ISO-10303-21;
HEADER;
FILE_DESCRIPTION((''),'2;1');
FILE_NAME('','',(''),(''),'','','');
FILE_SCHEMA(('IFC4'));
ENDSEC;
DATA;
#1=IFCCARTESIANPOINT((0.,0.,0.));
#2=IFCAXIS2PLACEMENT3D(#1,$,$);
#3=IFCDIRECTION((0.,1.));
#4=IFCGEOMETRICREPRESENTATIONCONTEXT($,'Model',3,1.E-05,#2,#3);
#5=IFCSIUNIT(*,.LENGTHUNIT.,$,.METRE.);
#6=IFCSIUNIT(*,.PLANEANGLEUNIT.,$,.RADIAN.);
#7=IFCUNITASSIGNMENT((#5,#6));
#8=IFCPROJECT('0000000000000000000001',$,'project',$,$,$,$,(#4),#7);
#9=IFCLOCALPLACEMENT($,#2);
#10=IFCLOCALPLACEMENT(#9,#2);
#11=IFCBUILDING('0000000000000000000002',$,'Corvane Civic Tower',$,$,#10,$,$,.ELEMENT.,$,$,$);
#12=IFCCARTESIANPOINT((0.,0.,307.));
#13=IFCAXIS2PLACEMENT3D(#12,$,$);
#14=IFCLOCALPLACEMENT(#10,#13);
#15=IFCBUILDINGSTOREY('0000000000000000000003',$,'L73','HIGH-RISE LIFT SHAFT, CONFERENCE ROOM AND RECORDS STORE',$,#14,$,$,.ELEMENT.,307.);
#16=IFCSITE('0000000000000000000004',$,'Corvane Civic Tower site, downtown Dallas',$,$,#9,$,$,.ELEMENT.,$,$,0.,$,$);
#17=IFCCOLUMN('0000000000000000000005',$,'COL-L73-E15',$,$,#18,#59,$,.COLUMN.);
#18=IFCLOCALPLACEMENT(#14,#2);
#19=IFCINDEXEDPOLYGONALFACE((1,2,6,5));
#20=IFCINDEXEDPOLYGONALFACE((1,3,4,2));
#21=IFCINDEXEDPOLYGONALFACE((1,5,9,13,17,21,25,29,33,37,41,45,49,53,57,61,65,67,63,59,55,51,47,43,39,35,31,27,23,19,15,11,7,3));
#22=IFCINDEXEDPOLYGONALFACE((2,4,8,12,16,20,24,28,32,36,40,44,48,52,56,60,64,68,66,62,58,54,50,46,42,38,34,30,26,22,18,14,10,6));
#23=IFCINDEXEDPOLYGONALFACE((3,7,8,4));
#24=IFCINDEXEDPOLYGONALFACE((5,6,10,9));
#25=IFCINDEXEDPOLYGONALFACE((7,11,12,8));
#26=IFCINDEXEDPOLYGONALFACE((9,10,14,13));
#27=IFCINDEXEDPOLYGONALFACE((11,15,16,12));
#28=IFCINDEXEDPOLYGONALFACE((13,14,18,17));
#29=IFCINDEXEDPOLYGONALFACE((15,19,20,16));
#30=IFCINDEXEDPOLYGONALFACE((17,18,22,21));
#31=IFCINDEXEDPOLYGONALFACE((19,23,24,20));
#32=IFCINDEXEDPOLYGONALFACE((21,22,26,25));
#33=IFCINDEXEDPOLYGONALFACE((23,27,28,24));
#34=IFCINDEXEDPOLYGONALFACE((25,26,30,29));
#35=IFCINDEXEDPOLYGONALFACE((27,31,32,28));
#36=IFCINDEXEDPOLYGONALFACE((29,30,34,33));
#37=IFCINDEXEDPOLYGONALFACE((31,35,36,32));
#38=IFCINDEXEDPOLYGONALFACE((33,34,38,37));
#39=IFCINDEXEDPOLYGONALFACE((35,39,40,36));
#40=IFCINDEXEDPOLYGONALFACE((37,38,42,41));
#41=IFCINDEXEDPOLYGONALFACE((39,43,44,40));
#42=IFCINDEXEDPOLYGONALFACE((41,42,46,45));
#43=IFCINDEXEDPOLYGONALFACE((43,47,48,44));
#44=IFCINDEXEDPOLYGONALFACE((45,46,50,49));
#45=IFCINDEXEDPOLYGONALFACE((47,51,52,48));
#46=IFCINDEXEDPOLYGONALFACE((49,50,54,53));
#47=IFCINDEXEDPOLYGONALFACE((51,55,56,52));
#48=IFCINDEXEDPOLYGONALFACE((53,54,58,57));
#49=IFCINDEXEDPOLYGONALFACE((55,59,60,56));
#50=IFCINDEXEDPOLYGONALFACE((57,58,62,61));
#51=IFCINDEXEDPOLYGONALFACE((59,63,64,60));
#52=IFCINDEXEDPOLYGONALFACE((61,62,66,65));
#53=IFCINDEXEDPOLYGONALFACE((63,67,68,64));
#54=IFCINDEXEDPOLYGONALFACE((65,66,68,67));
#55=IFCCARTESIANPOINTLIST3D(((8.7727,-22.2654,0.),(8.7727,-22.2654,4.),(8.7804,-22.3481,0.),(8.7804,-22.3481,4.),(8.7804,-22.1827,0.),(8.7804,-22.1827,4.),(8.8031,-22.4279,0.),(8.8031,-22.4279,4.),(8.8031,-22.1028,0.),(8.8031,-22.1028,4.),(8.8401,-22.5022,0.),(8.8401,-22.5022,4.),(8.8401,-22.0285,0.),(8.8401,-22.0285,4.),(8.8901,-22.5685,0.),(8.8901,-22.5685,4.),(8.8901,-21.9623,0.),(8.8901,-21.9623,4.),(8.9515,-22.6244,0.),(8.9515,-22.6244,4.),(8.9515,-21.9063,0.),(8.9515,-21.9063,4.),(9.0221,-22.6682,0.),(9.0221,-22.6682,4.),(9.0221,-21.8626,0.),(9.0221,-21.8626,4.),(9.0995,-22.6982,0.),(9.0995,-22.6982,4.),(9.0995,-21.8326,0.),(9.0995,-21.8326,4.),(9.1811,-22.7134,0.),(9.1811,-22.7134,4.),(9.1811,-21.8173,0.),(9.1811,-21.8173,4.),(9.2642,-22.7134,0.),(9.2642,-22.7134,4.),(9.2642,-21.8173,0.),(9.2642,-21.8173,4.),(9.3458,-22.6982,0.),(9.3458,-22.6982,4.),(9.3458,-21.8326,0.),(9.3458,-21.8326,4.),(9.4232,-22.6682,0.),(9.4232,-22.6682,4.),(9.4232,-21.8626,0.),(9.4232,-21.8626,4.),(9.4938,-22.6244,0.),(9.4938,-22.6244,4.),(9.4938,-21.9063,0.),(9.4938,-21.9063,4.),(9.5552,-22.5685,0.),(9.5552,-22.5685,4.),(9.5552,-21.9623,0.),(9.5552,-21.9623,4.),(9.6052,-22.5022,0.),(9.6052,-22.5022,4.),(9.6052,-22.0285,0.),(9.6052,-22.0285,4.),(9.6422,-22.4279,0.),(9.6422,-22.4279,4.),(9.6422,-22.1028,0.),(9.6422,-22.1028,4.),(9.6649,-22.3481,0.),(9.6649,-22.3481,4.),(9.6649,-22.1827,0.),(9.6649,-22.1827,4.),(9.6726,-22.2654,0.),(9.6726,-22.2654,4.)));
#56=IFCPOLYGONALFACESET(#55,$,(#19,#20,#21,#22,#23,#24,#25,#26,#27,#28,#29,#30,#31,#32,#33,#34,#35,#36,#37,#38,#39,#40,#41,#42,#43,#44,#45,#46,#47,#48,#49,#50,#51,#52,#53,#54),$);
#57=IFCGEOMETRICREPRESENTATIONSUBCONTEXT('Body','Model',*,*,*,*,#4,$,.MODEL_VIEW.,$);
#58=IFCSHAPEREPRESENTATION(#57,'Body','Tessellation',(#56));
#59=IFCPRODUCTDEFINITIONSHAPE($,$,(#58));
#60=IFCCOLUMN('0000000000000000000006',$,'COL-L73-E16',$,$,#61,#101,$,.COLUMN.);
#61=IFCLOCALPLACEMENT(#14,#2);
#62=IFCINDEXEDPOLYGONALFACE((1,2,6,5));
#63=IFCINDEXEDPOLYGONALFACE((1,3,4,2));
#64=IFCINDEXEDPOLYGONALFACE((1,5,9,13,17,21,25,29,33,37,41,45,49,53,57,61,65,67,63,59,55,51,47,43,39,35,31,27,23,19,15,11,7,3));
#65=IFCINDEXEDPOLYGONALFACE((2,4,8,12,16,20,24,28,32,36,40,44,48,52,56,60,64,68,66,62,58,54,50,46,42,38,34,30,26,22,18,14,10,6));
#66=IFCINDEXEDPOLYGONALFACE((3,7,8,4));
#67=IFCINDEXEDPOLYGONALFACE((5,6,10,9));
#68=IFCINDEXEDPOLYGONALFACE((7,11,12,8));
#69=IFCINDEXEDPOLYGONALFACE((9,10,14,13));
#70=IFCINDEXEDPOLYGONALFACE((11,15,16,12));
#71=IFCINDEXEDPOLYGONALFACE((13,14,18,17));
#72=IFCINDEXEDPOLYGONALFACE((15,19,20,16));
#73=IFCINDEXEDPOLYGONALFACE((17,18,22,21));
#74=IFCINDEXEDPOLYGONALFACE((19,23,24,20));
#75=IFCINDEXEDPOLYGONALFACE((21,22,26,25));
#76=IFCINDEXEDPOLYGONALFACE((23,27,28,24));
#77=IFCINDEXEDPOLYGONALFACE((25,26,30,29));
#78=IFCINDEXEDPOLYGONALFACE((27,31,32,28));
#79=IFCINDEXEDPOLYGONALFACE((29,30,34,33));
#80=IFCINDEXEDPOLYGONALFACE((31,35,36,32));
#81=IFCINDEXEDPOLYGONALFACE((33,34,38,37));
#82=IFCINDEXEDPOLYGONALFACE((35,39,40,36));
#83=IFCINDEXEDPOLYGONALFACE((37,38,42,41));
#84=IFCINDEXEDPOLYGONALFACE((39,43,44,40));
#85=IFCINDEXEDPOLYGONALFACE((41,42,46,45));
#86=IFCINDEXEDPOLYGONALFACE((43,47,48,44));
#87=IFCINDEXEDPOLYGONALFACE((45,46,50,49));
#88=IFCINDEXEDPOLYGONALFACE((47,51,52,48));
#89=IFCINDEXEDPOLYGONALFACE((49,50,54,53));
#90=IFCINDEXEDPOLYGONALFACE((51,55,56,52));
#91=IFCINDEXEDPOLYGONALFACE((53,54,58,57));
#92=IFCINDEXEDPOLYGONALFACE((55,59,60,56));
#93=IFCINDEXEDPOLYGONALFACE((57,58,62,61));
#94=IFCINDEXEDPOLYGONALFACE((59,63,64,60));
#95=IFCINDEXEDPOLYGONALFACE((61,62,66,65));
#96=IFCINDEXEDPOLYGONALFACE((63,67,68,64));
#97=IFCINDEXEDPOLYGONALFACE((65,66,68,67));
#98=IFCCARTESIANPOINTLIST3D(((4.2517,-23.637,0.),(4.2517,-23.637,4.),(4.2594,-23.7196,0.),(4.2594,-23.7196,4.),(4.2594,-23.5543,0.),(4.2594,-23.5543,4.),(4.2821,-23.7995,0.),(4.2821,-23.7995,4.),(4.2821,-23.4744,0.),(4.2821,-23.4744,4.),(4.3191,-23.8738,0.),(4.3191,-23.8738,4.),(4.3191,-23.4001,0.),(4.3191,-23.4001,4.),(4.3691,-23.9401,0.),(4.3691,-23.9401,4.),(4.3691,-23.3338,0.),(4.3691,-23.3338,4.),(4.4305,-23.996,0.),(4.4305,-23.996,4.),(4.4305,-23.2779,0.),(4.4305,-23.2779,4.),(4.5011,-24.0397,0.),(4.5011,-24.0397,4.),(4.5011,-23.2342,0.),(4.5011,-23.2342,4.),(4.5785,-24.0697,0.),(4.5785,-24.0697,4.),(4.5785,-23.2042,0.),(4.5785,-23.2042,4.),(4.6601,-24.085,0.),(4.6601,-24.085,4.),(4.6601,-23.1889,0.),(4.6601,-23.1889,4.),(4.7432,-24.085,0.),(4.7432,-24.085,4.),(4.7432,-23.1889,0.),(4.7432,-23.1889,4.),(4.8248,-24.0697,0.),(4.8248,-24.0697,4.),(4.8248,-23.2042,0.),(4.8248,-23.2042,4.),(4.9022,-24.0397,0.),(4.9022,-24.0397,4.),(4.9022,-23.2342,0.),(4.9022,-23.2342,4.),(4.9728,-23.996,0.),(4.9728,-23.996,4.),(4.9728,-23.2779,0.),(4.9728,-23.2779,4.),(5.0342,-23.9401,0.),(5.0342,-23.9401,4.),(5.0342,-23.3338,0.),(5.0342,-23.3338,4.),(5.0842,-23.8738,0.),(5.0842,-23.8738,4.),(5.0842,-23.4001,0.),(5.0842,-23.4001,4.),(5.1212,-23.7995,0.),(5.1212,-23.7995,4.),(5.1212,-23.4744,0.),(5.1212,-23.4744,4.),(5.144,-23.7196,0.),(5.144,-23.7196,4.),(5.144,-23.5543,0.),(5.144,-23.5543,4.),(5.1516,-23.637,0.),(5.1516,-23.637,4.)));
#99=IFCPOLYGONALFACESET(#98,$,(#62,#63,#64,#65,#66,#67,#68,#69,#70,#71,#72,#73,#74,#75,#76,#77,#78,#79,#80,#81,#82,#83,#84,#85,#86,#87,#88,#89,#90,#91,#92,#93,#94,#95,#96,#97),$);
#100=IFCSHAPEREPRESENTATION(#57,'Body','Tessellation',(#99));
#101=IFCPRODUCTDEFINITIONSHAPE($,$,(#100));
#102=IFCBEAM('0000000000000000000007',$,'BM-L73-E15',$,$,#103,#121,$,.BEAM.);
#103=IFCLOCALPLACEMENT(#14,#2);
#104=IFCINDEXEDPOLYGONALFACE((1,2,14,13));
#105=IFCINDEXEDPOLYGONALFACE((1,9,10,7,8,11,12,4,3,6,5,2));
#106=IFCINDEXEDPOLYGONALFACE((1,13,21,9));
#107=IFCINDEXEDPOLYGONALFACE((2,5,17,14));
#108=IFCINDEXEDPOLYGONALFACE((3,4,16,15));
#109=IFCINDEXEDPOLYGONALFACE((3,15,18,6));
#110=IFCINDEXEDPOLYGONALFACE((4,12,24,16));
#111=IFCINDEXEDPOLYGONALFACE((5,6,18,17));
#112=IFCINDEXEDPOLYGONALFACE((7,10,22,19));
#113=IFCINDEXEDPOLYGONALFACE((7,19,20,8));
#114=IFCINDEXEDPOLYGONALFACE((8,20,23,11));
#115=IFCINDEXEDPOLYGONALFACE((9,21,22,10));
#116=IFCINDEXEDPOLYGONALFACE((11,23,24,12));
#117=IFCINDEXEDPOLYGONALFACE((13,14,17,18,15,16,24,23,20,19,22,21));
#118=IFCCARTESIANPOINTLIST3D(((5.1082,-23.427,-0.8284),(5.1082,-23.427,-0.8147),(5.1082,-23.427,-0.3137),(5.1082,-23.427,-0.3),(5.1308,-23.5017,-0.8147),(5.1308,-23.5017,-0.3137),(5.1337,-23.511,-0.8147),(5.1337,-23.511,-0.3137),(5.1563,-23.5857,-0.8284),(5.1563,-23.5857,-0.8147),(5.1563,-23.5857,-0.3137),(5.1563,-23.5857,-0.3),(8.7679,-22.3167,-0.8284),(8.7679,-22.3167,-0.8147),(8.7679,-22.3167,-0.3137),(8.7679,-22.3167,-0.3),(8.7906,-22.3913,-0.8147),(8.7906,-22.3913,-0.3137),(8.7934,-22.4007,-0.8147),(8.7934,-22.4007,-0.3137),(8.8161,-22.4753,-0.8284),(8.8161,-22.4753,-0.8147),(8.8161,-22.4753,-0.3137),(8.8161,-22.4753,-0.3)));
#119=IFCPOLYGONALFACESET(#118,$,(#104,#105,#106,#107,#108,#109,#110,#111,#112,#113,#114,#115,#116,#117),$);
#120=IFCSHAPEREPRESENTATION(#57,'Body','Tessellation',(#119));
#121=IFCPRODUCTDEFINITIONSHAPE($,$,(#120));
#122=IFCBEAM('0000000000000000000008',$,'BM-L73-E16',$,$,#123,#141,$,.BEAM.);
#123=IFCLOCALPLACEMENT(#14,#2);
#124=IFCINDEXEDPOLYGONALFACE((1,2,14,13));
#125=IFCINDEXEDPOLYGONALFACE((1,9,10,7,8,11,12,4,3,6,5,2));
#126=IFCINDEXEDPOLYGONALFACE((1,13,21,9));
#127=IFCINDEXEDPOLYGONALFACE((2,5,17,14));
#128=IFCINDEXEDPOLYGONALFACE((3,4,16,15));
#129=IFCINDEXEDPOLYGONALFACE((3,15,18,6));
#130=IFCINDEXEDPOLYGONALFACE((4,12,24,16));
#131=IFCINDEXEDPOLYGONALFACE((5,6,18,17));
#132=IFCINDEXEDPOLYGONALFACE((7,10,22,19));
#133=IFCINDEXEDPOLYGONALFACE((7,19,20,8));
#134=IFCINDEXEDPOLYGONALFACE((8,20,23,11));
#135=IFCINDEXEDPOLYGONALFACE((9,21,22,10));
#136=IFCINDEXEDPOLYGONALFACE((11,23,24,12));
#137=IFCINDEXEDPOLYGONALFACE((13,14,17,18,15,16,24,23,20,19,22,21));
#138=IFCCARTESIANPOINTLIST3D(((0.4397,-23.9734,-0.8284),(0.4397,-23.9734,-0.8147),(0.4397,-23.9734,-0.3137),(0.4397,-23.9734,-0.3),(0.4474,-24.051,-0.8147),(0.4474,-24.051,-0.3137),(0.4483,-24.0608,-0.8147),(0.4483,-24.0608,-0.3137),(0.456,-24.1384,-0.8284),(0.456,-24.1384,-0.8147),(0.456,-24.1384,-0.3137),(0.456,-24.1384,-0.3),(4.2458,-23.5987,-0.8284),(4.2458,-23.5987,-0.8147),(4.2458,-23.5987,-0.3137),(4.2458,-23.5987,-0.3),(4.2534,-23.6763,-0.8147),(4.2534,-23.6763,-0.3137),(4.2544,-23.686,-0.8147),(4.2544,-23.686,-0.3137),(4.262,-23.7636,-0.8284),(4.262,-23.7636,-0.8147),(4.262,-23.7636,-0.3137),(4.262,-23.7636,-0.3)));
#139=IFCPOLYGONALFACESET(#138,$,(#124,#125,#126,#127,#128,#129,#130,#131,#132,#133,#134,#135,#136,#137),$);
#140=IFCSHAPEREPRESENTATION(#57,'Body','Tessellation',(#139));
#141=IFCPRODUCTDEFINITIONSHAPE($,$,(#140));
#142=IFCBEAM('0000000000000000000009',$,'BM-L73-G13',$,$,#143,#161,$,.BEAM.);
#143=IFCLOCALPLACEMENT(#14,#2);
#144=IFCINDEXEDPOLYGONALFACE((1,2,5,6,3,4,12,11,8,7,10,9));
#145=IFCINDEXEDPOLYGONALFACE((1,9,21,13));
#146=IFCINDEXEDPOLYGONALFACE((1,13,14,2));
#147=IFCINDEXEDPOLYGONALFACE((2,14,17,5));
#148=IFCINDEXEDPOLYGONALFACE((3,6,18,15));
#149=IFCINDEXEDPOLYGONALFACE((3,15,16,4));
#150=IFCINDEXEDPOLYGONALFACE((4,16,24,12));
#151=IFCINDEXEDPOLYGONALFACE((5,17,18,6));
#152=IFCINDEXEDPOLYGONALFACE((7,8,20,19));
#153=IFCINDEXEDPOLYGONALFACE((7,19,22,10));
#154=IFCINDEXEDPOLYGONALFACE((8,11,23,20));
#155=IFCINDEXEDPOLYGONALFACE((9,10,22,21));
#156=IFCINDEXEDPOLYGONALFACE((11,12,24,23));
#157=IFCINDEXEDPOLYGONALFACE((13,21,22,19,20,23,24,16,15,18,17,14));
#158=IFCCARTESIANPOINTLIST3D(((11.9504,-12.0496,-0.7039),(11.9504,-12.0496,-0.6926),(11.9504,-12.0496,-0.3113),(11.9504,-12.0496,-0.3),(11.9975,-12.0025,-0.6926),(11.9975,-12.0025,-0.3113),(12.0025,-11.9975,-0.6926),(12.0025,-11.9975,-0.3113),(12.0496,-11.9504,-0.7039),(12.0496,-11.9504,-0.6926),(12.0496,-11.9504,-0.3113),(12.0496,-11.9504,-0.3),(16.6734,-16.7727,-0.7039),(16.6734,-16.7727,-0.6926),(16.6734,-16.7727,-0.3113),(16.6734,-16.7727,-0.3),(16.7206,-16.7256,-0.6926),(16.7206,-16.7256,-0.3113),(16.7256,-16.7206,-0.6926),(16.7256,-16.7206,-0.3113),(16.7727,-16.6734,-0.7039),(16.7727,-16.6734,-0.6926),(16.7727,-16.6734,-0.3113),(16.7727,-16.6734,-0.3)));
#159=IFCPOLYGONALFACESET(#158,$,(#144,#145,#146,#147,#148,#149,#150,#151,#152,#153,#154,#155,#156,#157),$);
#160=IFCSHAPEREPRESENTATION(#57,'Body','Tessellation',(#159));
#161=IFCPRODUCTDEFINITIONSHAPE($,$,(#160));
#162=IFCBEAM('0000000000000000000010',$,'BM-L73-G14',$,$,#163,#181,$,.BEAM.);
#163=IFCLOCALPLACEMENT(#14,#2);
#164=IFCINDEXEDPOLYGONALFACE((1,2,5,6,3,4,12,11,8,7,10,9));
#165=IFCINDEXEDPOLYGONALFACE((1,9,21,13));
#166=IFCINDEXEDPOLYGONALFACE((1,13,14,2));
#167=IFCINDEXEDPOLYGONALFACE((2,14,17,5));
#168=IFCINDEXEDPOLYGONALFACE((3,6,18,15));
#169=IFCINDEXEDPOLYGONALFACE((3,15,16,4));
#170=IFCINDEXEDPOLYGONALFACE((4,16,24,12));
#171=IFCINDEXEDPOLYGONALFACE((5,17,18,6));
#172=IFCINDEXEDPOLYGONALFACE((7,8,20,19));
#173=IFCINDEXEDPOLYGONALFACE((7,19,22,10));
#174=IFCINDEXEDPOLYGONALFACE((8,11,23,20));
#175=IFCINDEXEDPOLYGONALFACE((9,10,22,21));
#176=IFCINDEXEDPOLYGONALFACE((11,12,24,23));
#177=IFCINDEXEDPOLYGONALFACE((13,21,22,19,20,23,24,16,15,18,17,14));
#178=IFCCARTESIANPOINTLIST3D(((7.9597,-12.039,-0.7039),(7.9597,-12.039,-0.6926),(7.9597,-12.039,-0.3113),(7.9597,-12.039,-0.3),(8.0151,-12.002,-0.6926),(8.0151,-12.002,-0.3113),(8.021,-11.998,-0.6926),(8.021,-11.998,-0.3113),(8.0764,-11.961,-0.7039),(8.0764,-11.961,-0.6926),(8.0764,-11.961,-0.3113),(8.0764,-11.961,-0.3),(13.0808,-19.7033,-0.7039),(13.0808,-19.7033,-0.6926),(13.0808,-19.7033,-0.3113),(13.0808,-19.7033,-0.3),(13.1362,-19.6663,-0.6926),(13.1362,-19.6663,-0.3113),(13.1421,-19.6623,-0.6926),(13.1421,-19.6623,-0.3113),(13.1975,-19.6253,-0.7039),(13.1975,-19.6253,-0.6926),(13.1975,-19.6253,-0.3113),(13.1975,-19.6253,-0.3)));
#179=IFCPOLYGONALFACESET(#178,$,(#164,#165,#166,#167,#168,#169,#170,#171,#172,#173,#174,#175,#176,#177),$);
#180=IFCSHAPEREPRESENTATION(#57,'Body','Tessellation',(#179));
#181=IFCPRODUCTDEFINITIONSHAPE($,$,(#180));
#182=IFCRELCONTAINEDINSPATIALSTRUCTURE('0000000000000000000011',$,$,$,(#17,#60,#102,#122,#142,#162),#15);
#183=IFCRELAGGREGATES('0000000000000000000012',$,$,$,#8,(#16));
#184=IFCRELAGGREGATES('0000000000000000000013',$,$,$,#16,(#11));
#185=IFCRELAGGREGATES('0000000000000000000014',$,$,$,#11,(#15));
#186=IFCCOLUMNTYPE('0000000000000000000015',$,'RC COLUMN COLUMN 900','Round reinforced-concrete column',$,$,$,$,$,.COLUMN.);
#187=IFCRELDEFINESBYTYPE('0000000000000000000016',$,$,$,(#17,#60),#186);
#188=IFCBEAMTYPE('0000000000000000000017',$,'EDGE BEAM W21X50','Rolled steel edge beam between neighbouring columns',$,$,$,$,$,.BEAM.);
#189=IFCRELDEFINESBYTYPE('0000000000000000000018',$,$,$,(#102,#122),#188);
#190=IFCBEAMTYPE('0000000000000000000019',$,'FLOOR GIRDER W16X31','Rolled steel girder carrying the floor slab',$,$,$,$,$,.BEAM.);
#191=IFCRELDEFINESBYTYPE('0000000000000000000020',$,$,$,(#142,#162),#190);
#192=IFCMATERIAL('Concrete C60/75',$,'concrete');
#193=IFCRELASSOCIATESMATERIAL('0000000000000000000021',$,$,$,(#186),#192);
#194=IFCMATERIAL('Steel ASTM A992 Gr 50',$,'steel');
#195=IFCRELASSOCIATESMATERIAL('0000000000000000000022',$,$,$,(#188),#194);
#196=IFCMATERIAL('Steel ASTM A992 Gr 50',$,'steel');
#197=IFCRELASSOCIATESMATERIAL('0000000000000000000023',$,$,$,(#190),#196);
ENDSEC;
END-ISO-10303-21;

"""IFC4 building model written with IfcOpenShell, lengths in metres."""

from ifc_helpers import new_model, si_unit, direction, frame, origin, origin_2d, place, context, subcontext, project, spatial, circle, i_section, extrude, material, material_profile, profile_set, type_object, element, save


model = new_model("IFC4")

# Units and contexts
model_context = context("Model", 3, precision=1e-05, world=origin(), true_north=direction((0.0, 1.0)))
body_context = subcontext(model_context, "Body", "Model", "MODEL_VIEW")
ifc_project = project(units=[si_unit("LENGTHUNIT", "METRE"), si_unit("PLANEANGLEUNIT", "RADIAN")], contexts=[model_context])

# Site, building, storey
site_placement = place(None, origin())
site = spatial("IfcSite", under=ifc_project, at=site_placement, Name="Corvane Civic Tower site, downtown Dallas", CompositionType="ELEMENT", RefElevation=0.0)
building_placement = place(site_placement, origin())
building = spatial("IfcBuilding", under=site, at=building_placement, Name="Corvane Civic Tower", CompositionType="ELEMENT")
storey_placement = place(building_placement, frame((0.0, 0.0, 307.0)))
storey = spatial("IfcBuildingStorey", under=building, at=storey_placement, Name="L73", Description="HIGH-RISE LIFT SHAFT, CONFERENCE ROOM AND RECORDS STORE", CompositionType="ELEMENT", Elevation=307.0)

# Columns
ifc_material_1 = material(Name="Concrete C60/75", Category="concrete")
ifc_material_profile_1 = material_profile(ifc_material_1, circle(Radius=0.45, at=origin_2d()), Name="COLUMN 900")
ifc_profile_set_1 = profile_set([ifc_material_profile_1], Name="Concrete C60/75")
column_type = type_object("IfcColumnType", Name="RC COLUMN COLUMN 900", Description="Round reinforced-concrete column", PredefinedType="COLUMN", material=ifc_profile_set_1)
for number, where, z_axis, x_axis, name in (
    (1, (9.2227, -22.2654, 0.0), (0.0, 0.0, 1.0), (1.0, 0.0, 0.0), "COL-L73-E15"),
    (2, (4.7017, -23.637, 0.0), (0.0, 0.0, 1.0), (1.0, 0.0, 0.0), "COL-L73-E16"),
):
    element("IfcColumn", number, at=place(storey_placement, frame(where, z_axis=z_axis, x_axis=x_axis)), inside=storey, type_object=column_type, Name=name, PredefinedType="COLUMN", context=body_context, shape_type="SweptSolid", body=[
        extrude(circle(Radius=0.45, at=origin_2d()), origin(), (0.0, 0.0, 1.0), 4.0),
    ])

# Beams
ifc_material_2 = material(Name="Steel ASTM A992 Gr 50", Category="steel")
ifc_material_profile_2 = material_profile(ifc_material_2, i_section(OverallWidth=0.1658, OverallDepth=0.5283, WebThickness=0.0098, FlangeThickness=0.0137, at=origin_2d()), Name="W21X50")
ifc_profile_set_2 = profile_set([ifc_material_profile_2], Name="Steel ASTM A992 Gr 50")
beam_type_1 = type_object("IfcBeamType", Name="EDGE BEAM W21X50", Description="Rolled steel edge beam between neighbouring columns", PredefinedType="BEAM", material=ifc_profile_set_2)
for number, where, z_axis, x_axis, name in (
    (3, (8.792, -22.396, -0.5642), (-0.956926, -0.290333, 0.0), (0.290333, -0.956926, 0.0), "BM-L73-E15"),
    (4, (4.2539, -23.6812, -0.5642), (-0.995188, -0.097987, 0.0), (0.097987, -0.995188, 0.0), "BM-L73-E16"),
):
    element("IfcBeam", number, at=place(storey_placement, frame(where, z_axis=z_axis, x_axis=x_axis)), inside=storey, type_object=beam_type_1, Name=name, PredefinedType="BEAM", context=body_context, shape_type="SweptSolid", body=[
        extrude(i_section(OverallWidth=0.1658, OverallDepth=0.5283, WebThickness=0.0098, FlangeThickness=0.0137, at=origin_2d()), origin(), (0.0, 0.0, 1.0), 3.8245),
    ])
ifc_material_3 = material(Name="Steel ASTM A992 Gr 50", Category="steel")
ifc_material_profile_3 = material_profile(ifc_material_3, i_section(OverallWidth=0.1404, OverallDepth=0.4038, WebThickness=0.0071, FlangeThickness=0.0112, at=origin_2d()), Name="W16X31")
ifc_profile_set_3 = profile_set([ifc_material_profile_3], Name="Steel ASTM A992 Gr 50")
beam_type_2 = type_object("IfcBeamType", Name="FLOOR GIRDER W16X31", Description="Rolled steel girder carrying the floor slab", PredefinedType="BEAM", material=ifc_profile_set_3)
beam_1_placement = place(storey_placement, frame((12.0, -12.0, -0.502), z_axis=(0.707107, -0.707107, 0.0), x_axis=(0.707107, 0.707107, 0.0)))
element("IfcBeam", 5, at=beam_1_placement, inside=storey, type_object=beam_type_2, Name="BM-L73-G13", PredefinedType="BEAM", context=body_context, shape_type="SweptSolid", body=[
    extrude(i_section(OverallWidth=0.1404, OverallDepth=0.4038, WebThickness=0.0071, FlangeThickness=0.0112, at=origin_2d()), origin(), (0.0, 0.0, 1.0), 6.6794),
])
beam_2_placement = place(storey_placement, frame((8.0181, -12.0, -0.502), z_axis=(0.555568, -0.831471, 0.0), x_axis=(0.831471, 0.555568, 0.0)))
element("IfcBeam", 6, at=beam_2_placement, inside=storey, type_object=beam_type_2, Name="BM-L73-G14", PredefinedType="BEAM", context=body_context, shape_type="SweptSolid", body=[
    extrude(i_section(OverallWidth=0.1404, OverallDepth=0.4038, WebThickness=0.0071, FlangeThickness=0.0112, at=origin_2d()), origin(), (0.0, 0.0, 1.0), 9.2178),
])

save(model, "model.ifc")
